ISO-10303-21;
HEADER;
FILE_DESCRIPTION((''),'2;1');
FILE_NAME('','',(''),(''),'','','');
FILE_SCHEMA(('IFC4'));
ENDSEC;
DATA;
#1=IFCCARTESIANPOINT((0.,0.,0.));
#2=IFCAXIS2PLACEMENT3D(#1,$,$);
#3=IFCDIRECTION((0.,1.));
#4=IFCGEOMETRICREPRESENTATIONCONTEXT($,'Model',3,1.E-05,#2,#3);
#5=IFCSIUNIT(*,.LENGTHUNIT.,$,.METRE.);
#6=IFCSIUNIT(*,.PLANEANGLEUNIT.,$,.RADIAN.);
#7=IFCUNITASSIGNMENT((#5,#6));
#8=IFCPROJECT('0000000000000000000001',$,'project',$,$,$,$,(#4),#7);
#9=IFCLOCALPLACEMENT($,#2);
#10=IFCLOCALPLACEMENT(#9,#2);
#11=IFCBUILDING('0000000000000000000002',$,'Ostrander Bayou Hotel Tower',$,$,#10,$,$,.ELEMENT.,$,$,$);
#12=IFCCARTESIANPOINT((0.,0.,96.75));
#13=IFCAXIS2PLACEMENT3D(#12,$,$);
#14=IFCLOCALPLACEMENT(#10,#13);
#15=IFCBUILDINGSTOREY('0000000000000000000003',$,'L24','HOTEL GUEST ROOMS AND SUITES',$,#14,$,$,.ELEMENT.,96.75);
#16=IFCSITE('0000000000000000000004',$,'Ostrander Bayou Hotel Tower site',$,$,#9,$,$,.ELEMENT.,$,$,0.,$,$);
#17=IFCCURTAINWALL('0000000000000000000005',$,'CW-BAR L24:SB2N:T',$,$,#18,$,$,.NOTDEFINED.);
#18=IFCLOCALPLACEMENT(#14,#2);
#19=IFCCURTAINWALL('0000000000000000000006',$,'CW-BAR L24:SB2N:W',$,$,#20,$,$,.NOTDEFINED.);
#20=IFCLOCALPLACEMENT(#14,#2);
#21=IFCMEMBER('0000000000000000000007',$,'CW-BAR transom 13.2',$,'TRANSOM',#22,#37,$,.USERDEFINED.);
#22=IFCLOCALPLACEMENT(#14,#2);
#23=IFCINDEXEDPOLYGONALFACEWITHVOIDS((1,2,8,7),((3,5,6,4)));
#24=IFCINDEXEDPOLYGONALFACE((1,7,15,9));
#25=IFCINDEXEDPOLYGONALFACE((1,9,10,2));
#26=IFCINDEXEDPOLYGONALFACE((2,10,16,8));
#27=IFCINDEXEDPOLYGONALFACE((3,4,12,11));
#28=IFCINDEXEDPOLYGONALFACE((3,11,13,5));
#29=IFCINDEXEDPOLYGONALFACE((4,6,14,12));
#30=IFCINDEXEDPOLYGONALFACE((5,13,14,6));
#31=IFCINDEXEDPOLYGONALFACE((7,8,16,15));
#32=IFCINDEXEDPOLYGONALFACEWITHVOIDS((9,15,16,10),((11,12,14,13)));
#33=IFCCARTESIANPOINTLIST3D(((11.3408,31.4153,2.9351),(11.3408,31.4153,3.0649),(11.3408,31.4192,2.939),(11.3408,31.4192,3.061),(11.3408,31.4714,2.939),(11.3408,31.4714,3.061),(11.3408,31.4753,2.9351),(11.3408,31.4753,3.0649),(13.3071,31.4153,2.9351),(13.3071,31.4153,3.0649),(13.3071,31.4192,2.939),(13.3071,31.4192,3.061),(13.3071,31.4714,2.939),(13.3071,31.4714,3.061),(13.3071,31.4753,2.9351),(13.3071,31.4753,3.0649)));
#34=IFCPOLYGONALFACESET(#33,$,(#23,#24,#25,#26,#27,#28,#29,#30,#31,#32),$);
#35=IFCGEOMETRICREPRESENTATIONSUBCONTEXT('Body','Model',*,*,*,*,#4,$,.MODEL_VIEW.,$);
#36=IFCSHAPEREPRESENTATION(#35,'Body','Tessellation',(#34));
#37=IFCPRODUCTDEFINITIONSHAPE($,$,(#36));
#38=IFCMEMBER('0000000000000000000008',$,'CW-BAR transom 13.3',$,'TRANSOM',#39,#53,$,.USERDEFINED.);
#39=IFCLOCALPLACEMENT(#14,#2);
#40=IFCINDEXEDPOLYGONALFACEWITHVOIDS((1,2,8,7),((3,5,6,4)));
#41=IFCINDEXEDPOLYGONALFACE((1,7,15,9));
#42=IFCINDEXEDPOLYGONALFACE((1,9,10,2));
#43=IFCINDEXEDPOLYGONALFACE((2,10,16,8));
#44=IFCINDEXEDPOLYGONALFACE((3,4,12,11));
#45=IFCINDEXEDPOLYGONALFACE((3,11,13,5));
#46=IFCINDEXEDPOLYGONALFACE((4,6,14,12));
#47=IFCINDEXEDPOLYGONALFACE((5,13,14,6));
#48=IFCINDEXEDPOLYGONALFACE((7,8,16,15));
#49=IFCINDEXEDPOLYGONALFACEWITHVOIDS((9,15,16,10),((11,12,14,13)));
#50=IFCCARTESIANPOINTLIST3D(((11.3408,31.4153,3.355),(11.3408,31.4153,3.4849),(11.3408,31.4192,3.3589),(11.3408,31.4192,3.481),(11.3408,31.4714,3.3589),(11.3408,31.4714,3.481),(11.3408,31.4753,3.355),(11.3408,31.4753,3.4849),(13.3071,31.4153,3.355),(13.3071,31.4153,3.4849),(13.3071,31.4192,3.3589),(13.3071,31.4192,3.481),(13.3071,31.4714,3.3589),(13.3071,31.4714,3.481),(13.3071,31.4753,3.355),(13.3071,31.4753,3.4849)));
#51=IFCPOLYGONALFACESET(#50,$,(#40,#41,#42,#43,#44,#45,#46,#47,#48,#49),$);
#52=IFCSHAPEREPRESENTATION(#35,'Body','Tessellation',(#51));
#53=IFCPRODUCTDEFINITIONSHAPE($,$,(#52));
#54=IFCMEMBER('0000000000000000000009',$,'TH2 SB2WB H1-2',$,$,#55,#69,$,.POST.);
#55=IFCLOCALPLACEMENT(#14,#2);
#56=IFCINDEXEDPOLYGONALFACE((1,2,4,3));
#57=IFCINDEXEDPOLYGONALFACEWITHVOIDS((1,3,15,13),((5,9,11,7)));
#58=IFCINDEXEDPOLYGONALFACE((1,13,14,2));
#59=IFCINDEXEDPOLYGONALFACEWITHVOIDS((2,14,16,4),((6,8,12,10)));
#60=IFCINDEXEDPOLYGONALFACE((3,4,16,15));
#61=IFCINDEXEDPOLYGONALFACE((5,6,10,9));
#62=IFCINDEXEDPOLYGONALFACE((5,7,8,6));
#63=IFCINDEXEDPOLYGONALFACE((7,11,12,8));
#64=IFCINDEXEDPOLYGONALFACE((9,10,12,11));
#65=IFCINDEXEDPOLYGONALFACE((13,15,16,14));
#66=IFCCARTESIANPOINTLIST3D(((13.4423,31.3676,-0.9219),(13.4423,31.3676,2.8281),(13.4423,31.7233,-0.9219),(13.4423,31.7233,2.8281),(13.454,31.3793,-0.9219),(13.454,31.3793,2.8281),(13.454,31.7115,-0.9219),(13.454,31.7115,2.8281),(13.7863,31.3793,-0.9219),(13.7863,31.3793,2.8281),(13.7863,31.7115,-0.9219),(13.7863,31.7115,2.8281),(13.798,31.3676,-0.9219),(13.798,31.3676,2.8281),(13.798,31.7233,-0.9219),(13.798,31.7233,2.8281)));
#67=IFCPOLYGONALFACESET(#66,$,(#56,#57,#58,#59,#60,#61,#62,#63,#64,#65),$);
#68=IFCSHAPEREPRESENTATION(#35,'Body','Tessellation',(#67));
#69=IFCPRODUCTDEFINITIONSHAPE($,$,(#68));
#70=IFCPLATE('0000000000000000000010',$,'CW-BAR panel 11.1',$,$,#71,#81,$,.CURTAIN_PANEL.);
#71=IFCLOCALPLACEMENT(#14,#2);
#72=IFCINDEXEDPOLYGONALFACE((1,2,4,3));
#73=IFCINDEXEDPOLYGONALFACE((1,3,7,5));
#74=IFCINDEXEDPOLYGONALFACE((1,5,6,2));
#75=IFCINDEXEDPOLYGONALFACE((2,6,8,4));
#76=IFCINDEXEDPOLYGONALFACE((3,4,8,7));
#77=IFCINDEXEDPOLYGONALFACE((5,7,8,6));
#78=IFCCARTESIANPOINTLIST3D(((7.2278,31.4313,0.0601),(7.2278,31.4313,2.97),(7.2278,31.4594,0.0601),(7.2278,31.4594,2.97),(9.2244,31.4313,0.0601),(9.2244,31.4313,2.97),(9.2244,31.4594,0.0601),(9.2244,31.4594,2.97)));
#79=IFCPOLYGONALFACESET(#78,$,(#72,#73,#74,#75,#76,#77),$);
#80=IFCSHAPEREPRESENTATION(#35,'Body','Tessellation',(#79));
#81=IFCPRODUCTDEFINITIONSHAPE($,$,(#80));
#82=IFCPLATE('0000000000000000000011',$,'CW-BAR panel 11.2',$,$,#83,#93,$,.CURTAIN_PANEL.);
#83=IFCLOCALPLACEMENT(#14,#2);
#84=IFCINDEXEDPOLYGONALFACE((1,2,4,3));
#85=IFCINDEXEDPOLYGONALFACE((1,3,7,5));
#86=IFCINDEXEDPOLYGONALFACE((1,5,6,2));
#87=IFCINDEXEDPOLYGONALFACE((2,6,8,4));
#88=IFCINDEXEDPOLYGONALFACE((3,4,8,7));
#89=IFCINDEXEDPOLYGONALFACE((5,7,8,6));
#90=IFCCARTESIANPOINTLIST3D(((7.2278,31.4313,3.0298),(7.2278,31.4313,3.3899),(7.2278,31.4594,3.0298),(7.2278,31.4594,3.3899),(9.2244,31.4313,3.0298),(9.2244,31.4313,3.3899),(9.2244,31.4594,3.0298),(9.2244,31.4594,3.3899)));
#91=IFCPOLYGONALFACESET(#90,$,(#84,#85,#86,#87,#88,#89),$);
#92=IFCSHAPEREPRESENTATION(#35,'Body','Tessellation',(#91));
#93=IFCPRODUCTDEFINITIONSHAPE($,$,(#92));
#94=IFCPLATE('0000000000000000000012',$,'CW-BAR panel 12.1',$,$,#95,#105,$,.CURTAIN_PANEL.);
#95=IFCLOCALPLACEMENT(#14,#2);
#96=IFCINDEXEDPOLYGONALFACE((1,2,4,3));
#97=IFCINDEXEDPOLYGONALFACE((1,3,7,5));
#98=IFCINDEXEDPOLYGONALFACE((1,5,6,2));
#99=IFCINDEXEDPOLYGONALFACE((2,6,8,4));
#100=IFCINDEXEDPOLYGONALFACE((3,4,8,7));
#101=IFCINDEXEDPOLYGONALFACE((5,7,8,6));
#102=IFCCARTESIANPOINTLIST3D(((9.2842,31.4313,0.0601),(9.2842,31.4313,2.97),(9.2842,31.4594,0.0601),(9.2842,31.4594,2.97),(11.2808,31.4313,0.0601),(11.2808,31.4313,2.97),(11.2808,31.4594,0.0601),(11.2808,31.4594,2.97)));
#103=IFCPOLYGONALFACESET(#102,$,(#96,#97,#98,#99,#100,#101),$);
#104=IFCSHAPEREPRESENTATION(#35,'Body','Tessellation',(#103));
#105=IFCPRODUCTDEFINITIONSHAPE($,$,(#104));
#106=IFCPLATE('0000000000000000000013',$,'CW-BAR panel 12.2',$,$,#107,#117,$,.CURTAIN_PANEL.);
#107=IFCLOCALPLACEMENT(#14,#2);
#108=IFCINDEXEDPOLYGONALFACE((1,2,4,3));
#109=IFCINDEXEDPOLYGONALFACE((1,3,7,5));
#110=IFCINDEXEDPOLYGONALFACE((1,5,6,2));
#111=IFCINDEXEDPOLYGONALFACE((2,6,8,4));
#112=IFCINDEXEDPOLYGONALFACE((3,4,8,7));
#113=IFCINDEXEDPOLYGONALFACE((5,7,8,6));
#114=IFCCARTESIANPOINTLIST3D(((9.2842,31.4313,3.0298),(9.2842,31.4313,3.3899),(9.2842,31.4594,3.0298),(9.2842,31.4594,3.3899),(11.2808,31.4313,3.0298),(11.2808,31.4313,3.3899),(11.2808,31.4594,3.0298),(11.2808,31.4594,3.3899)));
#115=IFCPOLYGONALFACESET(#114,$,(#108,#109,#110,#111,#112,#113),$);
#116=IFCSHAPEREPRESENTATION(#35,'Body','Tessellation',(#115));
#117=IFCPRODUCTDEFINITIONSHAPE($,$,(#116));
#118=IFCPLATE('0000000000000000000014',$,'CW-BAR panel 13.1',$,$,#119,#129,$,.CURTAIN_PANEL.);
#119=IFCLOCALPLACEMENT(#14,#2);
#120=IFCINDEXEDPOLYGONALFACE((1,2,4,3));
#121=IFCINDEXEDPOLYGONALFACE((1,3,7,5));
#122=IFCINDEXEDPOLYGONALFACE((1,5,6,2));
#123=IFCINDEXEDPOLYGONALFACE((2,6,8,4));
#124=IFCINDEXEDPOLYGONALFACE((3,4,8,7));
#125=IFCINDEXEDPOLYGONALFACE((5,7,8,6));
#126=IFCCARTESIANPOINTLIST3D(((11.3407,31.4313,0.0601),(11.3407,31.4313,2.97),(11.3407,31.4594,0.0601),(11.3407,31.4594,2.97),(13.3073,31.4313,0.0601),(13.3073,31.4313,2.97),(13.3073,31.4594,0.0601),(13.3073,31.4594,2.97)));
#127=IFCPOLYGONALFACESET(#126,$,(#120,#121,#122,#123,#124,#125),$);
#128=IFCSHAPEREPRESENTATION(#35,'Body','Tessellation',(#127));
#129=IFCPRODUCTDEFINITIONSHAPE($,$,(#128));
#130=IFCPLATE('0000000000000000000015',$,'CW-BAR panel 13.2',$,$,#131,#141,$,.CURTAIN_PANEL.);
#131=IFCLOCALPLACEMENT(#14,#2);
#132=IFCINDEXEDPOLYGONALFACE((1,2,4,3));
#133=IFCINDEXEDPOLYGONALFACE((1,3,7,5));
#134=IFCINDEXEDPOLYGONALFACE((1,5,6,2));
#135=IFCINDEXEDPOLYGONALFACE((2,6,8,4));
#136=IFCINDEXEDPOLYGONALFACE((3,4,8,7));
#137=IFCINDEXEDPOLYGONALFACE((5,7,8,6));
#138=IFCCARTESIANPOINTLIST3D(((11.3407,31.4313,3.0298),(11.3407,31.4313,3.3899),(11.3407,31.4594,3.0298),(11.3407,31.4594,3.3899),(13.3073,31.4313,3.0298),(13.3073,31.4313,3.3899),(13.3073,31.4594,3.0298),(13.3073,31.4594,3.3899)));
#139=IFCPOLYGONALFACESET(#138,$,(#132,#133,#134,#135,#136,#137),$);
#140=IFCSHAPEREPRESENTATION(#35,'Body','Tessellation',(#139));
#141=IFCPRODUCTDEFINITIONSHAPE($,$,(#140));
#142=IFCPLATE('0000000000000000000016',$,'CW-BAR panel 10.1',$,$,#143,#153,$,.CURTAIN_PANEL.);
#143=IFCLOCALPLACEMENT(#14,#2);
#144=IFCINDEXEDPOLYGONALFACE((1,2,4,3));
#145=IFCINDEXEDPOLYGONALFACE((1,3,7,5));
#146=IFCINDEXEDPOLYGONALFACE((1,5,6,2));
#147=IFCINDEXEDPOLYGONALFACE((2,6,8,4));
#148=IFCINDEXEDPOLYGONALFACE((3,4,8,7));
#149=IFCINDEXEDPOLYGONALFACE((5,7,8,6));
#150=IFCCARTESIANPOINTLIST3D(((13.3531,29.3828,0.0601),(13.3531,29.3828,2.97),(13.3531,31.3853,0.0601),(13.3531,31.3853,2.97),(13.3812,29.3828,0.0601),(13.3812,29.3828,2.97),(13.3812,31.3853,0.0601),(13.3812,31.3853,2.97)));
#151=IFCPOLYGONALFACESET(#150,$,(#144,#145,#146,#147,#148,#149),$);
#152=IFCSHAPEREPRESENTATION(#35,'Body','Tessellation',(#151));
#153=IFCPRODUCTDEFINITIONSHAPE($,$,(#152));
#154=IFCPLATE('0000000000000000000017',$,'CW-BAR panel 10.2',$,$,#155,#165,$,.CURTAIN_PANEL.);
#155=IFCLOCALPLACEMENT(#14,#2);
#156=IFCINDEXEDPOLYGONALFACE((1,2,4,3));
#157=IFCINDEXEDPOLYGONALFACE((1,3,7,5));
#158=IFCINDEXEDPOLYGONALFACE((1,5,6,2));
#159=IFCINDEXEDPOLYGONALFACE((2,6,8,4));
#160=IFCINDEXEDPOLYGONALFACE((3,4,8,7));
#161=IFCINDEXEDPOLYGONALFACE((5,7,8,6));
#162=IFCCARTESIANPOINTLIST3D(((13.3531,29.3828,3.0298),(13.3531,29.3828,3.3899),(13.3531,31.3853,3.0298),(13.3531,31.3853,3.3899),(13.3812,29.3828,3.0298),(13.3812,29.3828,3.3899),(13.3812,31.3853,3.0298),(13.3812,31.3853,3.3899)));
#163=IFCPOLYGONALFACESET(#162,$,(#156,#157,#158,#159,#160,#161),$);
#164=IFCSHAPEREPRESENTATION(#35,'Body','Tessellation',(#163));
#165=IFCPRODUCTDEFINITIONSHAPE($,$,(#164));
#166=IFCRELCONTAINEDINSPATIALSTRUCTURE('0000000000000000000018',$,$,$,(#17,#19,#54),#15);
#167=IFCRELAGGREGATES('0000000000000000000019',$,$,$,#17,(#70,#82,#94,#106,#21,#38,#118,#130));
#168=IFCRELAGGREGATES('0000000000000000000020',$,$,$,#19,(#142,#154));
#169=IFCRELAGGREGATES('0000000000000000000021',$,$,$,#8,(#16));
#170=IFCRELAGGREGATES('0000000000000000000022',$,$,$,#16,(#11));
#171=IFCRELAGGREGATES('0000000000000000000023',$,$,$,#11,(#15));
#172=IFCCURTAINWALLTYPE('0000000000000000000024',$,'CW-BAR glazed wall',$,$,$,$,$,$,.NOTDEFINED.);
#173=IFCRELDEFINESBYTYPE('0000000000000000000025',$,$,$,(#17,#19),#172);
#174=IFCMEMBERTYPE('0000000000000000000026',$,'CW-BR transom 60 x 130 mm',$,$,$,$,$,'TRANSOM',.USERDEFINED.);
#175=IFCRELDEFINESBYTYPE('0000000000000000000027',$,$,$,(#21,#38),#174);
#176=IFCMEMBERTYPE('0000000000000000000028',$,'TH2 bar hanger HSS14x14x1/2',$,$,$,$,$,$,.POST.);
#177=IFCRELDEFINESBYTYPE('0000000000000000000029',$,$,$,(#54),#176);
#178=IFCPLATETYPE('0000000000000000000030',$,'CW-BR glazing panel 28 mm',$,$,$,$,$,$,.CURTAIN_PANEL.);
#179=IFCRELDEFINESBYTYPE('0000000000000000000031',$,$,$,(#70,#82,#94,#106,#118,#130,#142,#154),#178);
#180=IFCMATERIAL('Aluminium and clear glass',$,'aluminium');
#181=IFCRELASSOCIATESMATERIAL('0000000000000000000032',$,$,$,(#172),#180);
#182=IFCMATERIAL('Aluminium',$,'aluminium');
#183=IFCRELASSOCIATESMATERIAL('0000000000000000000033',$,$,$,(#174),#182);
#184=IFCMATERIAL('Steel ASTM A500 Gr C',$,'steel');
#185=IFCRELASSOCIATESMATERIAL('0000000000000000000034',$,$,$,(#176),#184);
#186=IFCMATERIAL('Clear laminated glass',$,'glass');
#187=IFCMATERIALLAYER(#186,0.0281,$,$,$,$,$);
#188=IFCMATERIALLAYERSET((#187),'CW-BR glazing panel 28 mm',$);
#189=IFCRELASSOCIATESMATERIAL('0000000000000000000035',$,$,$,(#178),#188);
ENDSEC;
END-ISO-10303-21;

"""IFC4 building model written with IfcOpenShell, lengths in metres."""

from ifc_helpers import new_model, si_unit, direction, frame, origin, origin_2d, place, context, subcontext, project, spatial, rectangle, hollow_rectangle, extrude, material, layer, layer_set, material_profile, profile_set, type_object, element, aggregate, save


model = new_model("IFC4")

# Units and contexts
model_context = context("Model", 3, precision=1e-05, world=origin(), true_north=direction((0.0, 1.0)))
body_context = subcontext(model_context, "Body", "Model", "MODEL_VIEW")
ifc_project = project(units=[si_unit("LENGTHUNIT", "METRE"), si_unit("PLANEANGLEUNIT", "RADIAN")], contexts=[model_context])

# Site, building, storey
site_placement = place(None, origin())
site = spatial("IfcSite", under=ifc_project, at=site_placement, Name="Ostrander Bayou Hotel Tower site", CompositionType="ELEMENT", RefElevation=0.0)
building_placement = place(site_placement, origin())
building = spatial("IfcBuilding", under=site, at=building_placement, Name="Ostrander Bayou Hotel Tower", CompositionType="ELEMENT")
storey_placement = place(building_placement, frame((0.0, 0.0, 96.75)))
storey = spatial("IfcBuildingStorey", under=building, at=storey_placement, Name="L24", Description="HOTEL GUEST ROOMS AND SUITES", CompositionType="ELEMENT", Elevation=96.75)

# Curtain wall
ifc_material_1 = material(Name="Aluminium and clear glass", Category="aluminium")
curtain_wall_type = type_object("IfcCurtainWallType", Name="CW-BAR glazed wall", PredefinedType="NOTDEFINED", material=ifc_material_1)
curtain_wall_1_placement = place(storey_placement, origin())
curtain_wall_1 = element("IfcCurtainWall", 1, at=curtain_wall_1_placement, inside=storey, type_object=curtain_wall_type, Name="CW-BAR L24:SB2N:T", PredefinedType="NOTDEFINED")

# Curtain wall
curtain_wall_2_placement = place(storey_placement, origin())
curtain_wall_2 = element("IfcCurtainWall", 2, at=curtain_wall_2_placement, inside=storey, type_object=curtain_wall_type, Name="CW-BAR L24:SB2N:W", PredefinedType="NOTDEFINED")

# Members
ifc_material_2 = material(Name="Aluminium", Category="aluminium")
ifc_material_profile_1 = material_profile(ifc_material_2, hollow_rectangle(XDim=0.0601, YDim=0.1299, WallThickness=0.0039, at=origin_2d()))
ifc_profile_set_1 = profile_set([ifc_material_profile_1], Name="Aluminium")
member_type_1 = type_object("IfcMemberType", Name="CW-BR transom 60 x 130 mm", ElementType="TRANSOM", PredefinedType="USERDEFINED", material=ifc_profile_set_1)
member_1_placement = place(storey_placement, frame((11.3408, 31.4453, 3.0), z_axis=(1.0, 0.0, 0.0), x_axis=(0.0, 1.0, 0.0)))
member_1 = element("IfcMember", 3, at=member_1_placement, type_object=member_type_1, Name="CW-BAR transom 13.2", ObjectType="TRANSOM", PredefinedType="USERDEFINED", context=body_context, shape_type="SweptSolid", body=[
    extrude(hollow_rectangle(XDim=0.0601, YDim=0.1299, WallThickness=0.0039, at=origin_2d()), origin(), (0.0, 0.0, 1.0), 1.9663),
])
member_2_placement = place(storey_placement, frame((11.3408, 31.4453, 3.4199), z_axis=(1.0, 0.0, 0.0), x_axis=(0.0, 1.0, 0.0)))
member_2 = element("IfcMember", 4, at=member_2_placement, type_object=member_type_1, Name="CW-BAR transom 13.3", ObjectType="TRANSOM", PredefinedType="USERDEFINED", context=body_context, shape_type="SweptSolid", body=[
    extrude(hollow_rectangle(XDim=0.0601, YDim=0.1299, WallThickness=0.0039, at=origin_2d()), origin(), (0.0, 0.0, 1.0), 1.9663),
])
ifc_material_3 = material(Name="Steel ASTM A500 Gr C", Category="steel")
ifc_material_profile_2 = material_profile(ifc_material_3, hollow_rectangle(XDim=0.3557, YDim=0.3557, WallThickness=0.0117, at=origin_2d()))
ifc_profile_set_2 = profile_set([ifc_material_profile_2], Name="Steel ASTM A500 Gr C")
member_type_2 = type_object("IfcMemberType", Name="TH2 bar hanger HSS14x14x1/2", PredefinedType="POST", material=ifc_profile_set_2)
member_3_placement = place(storey_placement, frame((13.6201, 31.5454, -0.9219), z_axis=(0.0, 0.0, 1.0), x_axis=(1.0, 0.0, 0.0)))
element("IfcMember", 5, at=member_3_placement, inside=storey, type_object=member_type_2, Name="TH2 SB2WB H1-2", PredefinedType="POST", context=body_context, shape_type="SweptSolid", body=[
    extrude(hollow_rectangle(XDim=0.3557, YDim=0.3557, WallThickness=0.0117, at=origin_2d()), origin(), (0.0, 0.0, 1.0), 3.75),
])

# Plates
ifc_material_4 = material(Name="Clear laminated glass", Category="glass")
ifc_layer = layer(ifc_material_4, 0.0281)
ifc_layer_set = layer_set([ifc_layer], Name="CW-BR glazing panel 28 mm")
plate_type = type_object("IfcPlateType", Name="CW-BR glazing panel 28 mm", PredefinedType="CURTAIN_PANEL", material=ifc_layer_set)
plate_1_placement = place(storey_placement, frame((8.2261, 31.4453, 0.0601), z_axis=(0.0, 0.0, 1.0), x_axis=(1.0, 0.0, 0.0)))
plate_1 = element("IfcPlate", 6, at=plate_1_placement, type_object=plate_type, Name="CW-BAR panel 11.1", PredefinedType="CURTAIN_PANEL", context=body_context, shape_type="SweptSolid", body=[
    extrude(rectangle(XDim=1.9966, YDim=0.0281, at=origin_2d()), origin(), (0.0, 0.0, 1.0), 2.9099),
])
plate_2_placement = place(storey_placement, frame((8.2261, 31.4453, 3.0298), z_axis=(0.0, 0.0, 1.0), x_axis=(1.0, 0.0, 0.0)))
plate_2 = element("IfcPlate", 7, at=plate_2_placement, type_object=plate_type, Name="CW-BAR panel 11.2", PredefinedType="CURTAIN_PANEL", context=body_context, shape_type="SweptSolid", body=[
    extrude(rectangle(XDim=1.9966, YDim=0.0281, at=origin_2d()), origin(), (0.0, 0.0, 1.0), 0.3601),
])
plate_3_placement = place(storey_placement, frame((10.2825, 31.4453, 0.0601), z_axis=(0.0, 0.0, 1.0), x_axis=(1.0, 0.0, 0.0)))
plate_3 = element("IfcPlate", 8, at=plate_3_placement, type_object=plate_type, Name="CW-BAR panel 12.1", PredefinedType="CURTAIN_PANEL", context=body_context, shape_type="SweptSolid", body=[
    extrude(rectangle(XDim=1.9966, YDim=0.0281, at=origin_2d()), origin(), (0.0, 0.0, 1.0), 2.9099),
])
plate_4_placement = place(storey_placement, frame((10.2825, 31.4453, 3.0298), z_axis=(0.0, 0.0, 1.0), x_axis=(1.0, 0.0, 0.0)))
plate_4 = element("IfcPlate", 9, at=plate_4_placement, type_object=plate_type, Name="CW-BAR panel 12.2", PredefinedType="CURTAIN_PANEL", context=body_context, shape_type="SweptSolid", body=[
    extrude(rectangle(XDim=1.9966, YDim=0.0281, at=origin_2d()), origin(), (0.0, 0.0, 1.0), 0.3601),
])
plate_5_placement = place(storey_placement, frame((12.324, 31.4453, 0.0601), z_axis=(0.0, 0.0, 1.0), x_axis=(1.0, 0.0, 0.0)))
plate_5 = element("IfcPlate", 10, at=plate_5_placement, type_object=plate_type, Name="CW-BAR panel 13.1", PredefinedType="CURTAIN_PANEL", context=body_context, shape_type="SweptSolid", body=[
    extrude(rectangle(XDim=1.9666, YDim=0.0281, at=origin_2d()), origin(), (0.0, 0.0, 1.0), 2.9099),
])
plate_6_placement = place(storey_placement, frame((12.324, 31.4453, 3.0298), z_axis=(0.0, 0.0, 1.0), x_axis=(1.0, 0.0, 0.0)))
plate_6 = element("IfcPlate", 11, at=plate_6_placement, type_object=plate_type, Name="CW-BAR panel 13.2", PredefinedType="CURTAIN_PANEL", context=body_context, shape_type="SweptSolid", body=[
    extrude(rectangle(XDim=1.9666, YDim=0.0281, at=origin_2d()), origin(), (0.0, 0.0, 1.0), 0.3601),
])
aggregate(curtain_wall_1, [plate_1, plate_2, plate_3, plate_4, member_1, member_2, plate_5, plate_6])
plate_7_placement = place(storey_placement, frame((13.3672, 30.384, 0.0601), z_axis=(0.0, 0.0, 1.0), x_axis=(0.0, 1.0, 0.0)))
plate_7 = element("IfcPlate", 12, at=plate_7_placement, type_object=plate_type, Name="CW-BAR panel 10.1", PredefinedType="CURTAIN_PANEL", context=body_context, shape_type="SweptSolid", body=[
    extrude(rectangle(XDim=2.0024, YDim=0.0281, at=origin_2d()), origin(), (0.0, 0.0, 1.0), 2.9099),
])
plate_8_placement = place(storey_placement, frame((13.3672, 30.384, 3.0298), z_axis=(0.0, 0.0, 1.0), x_axis=(0.0, 1.0, 0.0)))
plate_8 = element("IfcPlate", 13, at=plate_8_placement, type_object=plate_type, Name="CW-BAR panel 10.2", PredefinedType="CURTAIN_PANEL", context=body_context, shape_type="SweptSolid", body=[
    extrude(rectangle(XDim=2.0024, YDim=0.0281, at=origin_2d()), origin(), (0.0, 0.0, 1.0), 0.3601),
])
aggregate(curtain_wall_2, [plate_7, plate_8])

save(model, "model.ifc")
